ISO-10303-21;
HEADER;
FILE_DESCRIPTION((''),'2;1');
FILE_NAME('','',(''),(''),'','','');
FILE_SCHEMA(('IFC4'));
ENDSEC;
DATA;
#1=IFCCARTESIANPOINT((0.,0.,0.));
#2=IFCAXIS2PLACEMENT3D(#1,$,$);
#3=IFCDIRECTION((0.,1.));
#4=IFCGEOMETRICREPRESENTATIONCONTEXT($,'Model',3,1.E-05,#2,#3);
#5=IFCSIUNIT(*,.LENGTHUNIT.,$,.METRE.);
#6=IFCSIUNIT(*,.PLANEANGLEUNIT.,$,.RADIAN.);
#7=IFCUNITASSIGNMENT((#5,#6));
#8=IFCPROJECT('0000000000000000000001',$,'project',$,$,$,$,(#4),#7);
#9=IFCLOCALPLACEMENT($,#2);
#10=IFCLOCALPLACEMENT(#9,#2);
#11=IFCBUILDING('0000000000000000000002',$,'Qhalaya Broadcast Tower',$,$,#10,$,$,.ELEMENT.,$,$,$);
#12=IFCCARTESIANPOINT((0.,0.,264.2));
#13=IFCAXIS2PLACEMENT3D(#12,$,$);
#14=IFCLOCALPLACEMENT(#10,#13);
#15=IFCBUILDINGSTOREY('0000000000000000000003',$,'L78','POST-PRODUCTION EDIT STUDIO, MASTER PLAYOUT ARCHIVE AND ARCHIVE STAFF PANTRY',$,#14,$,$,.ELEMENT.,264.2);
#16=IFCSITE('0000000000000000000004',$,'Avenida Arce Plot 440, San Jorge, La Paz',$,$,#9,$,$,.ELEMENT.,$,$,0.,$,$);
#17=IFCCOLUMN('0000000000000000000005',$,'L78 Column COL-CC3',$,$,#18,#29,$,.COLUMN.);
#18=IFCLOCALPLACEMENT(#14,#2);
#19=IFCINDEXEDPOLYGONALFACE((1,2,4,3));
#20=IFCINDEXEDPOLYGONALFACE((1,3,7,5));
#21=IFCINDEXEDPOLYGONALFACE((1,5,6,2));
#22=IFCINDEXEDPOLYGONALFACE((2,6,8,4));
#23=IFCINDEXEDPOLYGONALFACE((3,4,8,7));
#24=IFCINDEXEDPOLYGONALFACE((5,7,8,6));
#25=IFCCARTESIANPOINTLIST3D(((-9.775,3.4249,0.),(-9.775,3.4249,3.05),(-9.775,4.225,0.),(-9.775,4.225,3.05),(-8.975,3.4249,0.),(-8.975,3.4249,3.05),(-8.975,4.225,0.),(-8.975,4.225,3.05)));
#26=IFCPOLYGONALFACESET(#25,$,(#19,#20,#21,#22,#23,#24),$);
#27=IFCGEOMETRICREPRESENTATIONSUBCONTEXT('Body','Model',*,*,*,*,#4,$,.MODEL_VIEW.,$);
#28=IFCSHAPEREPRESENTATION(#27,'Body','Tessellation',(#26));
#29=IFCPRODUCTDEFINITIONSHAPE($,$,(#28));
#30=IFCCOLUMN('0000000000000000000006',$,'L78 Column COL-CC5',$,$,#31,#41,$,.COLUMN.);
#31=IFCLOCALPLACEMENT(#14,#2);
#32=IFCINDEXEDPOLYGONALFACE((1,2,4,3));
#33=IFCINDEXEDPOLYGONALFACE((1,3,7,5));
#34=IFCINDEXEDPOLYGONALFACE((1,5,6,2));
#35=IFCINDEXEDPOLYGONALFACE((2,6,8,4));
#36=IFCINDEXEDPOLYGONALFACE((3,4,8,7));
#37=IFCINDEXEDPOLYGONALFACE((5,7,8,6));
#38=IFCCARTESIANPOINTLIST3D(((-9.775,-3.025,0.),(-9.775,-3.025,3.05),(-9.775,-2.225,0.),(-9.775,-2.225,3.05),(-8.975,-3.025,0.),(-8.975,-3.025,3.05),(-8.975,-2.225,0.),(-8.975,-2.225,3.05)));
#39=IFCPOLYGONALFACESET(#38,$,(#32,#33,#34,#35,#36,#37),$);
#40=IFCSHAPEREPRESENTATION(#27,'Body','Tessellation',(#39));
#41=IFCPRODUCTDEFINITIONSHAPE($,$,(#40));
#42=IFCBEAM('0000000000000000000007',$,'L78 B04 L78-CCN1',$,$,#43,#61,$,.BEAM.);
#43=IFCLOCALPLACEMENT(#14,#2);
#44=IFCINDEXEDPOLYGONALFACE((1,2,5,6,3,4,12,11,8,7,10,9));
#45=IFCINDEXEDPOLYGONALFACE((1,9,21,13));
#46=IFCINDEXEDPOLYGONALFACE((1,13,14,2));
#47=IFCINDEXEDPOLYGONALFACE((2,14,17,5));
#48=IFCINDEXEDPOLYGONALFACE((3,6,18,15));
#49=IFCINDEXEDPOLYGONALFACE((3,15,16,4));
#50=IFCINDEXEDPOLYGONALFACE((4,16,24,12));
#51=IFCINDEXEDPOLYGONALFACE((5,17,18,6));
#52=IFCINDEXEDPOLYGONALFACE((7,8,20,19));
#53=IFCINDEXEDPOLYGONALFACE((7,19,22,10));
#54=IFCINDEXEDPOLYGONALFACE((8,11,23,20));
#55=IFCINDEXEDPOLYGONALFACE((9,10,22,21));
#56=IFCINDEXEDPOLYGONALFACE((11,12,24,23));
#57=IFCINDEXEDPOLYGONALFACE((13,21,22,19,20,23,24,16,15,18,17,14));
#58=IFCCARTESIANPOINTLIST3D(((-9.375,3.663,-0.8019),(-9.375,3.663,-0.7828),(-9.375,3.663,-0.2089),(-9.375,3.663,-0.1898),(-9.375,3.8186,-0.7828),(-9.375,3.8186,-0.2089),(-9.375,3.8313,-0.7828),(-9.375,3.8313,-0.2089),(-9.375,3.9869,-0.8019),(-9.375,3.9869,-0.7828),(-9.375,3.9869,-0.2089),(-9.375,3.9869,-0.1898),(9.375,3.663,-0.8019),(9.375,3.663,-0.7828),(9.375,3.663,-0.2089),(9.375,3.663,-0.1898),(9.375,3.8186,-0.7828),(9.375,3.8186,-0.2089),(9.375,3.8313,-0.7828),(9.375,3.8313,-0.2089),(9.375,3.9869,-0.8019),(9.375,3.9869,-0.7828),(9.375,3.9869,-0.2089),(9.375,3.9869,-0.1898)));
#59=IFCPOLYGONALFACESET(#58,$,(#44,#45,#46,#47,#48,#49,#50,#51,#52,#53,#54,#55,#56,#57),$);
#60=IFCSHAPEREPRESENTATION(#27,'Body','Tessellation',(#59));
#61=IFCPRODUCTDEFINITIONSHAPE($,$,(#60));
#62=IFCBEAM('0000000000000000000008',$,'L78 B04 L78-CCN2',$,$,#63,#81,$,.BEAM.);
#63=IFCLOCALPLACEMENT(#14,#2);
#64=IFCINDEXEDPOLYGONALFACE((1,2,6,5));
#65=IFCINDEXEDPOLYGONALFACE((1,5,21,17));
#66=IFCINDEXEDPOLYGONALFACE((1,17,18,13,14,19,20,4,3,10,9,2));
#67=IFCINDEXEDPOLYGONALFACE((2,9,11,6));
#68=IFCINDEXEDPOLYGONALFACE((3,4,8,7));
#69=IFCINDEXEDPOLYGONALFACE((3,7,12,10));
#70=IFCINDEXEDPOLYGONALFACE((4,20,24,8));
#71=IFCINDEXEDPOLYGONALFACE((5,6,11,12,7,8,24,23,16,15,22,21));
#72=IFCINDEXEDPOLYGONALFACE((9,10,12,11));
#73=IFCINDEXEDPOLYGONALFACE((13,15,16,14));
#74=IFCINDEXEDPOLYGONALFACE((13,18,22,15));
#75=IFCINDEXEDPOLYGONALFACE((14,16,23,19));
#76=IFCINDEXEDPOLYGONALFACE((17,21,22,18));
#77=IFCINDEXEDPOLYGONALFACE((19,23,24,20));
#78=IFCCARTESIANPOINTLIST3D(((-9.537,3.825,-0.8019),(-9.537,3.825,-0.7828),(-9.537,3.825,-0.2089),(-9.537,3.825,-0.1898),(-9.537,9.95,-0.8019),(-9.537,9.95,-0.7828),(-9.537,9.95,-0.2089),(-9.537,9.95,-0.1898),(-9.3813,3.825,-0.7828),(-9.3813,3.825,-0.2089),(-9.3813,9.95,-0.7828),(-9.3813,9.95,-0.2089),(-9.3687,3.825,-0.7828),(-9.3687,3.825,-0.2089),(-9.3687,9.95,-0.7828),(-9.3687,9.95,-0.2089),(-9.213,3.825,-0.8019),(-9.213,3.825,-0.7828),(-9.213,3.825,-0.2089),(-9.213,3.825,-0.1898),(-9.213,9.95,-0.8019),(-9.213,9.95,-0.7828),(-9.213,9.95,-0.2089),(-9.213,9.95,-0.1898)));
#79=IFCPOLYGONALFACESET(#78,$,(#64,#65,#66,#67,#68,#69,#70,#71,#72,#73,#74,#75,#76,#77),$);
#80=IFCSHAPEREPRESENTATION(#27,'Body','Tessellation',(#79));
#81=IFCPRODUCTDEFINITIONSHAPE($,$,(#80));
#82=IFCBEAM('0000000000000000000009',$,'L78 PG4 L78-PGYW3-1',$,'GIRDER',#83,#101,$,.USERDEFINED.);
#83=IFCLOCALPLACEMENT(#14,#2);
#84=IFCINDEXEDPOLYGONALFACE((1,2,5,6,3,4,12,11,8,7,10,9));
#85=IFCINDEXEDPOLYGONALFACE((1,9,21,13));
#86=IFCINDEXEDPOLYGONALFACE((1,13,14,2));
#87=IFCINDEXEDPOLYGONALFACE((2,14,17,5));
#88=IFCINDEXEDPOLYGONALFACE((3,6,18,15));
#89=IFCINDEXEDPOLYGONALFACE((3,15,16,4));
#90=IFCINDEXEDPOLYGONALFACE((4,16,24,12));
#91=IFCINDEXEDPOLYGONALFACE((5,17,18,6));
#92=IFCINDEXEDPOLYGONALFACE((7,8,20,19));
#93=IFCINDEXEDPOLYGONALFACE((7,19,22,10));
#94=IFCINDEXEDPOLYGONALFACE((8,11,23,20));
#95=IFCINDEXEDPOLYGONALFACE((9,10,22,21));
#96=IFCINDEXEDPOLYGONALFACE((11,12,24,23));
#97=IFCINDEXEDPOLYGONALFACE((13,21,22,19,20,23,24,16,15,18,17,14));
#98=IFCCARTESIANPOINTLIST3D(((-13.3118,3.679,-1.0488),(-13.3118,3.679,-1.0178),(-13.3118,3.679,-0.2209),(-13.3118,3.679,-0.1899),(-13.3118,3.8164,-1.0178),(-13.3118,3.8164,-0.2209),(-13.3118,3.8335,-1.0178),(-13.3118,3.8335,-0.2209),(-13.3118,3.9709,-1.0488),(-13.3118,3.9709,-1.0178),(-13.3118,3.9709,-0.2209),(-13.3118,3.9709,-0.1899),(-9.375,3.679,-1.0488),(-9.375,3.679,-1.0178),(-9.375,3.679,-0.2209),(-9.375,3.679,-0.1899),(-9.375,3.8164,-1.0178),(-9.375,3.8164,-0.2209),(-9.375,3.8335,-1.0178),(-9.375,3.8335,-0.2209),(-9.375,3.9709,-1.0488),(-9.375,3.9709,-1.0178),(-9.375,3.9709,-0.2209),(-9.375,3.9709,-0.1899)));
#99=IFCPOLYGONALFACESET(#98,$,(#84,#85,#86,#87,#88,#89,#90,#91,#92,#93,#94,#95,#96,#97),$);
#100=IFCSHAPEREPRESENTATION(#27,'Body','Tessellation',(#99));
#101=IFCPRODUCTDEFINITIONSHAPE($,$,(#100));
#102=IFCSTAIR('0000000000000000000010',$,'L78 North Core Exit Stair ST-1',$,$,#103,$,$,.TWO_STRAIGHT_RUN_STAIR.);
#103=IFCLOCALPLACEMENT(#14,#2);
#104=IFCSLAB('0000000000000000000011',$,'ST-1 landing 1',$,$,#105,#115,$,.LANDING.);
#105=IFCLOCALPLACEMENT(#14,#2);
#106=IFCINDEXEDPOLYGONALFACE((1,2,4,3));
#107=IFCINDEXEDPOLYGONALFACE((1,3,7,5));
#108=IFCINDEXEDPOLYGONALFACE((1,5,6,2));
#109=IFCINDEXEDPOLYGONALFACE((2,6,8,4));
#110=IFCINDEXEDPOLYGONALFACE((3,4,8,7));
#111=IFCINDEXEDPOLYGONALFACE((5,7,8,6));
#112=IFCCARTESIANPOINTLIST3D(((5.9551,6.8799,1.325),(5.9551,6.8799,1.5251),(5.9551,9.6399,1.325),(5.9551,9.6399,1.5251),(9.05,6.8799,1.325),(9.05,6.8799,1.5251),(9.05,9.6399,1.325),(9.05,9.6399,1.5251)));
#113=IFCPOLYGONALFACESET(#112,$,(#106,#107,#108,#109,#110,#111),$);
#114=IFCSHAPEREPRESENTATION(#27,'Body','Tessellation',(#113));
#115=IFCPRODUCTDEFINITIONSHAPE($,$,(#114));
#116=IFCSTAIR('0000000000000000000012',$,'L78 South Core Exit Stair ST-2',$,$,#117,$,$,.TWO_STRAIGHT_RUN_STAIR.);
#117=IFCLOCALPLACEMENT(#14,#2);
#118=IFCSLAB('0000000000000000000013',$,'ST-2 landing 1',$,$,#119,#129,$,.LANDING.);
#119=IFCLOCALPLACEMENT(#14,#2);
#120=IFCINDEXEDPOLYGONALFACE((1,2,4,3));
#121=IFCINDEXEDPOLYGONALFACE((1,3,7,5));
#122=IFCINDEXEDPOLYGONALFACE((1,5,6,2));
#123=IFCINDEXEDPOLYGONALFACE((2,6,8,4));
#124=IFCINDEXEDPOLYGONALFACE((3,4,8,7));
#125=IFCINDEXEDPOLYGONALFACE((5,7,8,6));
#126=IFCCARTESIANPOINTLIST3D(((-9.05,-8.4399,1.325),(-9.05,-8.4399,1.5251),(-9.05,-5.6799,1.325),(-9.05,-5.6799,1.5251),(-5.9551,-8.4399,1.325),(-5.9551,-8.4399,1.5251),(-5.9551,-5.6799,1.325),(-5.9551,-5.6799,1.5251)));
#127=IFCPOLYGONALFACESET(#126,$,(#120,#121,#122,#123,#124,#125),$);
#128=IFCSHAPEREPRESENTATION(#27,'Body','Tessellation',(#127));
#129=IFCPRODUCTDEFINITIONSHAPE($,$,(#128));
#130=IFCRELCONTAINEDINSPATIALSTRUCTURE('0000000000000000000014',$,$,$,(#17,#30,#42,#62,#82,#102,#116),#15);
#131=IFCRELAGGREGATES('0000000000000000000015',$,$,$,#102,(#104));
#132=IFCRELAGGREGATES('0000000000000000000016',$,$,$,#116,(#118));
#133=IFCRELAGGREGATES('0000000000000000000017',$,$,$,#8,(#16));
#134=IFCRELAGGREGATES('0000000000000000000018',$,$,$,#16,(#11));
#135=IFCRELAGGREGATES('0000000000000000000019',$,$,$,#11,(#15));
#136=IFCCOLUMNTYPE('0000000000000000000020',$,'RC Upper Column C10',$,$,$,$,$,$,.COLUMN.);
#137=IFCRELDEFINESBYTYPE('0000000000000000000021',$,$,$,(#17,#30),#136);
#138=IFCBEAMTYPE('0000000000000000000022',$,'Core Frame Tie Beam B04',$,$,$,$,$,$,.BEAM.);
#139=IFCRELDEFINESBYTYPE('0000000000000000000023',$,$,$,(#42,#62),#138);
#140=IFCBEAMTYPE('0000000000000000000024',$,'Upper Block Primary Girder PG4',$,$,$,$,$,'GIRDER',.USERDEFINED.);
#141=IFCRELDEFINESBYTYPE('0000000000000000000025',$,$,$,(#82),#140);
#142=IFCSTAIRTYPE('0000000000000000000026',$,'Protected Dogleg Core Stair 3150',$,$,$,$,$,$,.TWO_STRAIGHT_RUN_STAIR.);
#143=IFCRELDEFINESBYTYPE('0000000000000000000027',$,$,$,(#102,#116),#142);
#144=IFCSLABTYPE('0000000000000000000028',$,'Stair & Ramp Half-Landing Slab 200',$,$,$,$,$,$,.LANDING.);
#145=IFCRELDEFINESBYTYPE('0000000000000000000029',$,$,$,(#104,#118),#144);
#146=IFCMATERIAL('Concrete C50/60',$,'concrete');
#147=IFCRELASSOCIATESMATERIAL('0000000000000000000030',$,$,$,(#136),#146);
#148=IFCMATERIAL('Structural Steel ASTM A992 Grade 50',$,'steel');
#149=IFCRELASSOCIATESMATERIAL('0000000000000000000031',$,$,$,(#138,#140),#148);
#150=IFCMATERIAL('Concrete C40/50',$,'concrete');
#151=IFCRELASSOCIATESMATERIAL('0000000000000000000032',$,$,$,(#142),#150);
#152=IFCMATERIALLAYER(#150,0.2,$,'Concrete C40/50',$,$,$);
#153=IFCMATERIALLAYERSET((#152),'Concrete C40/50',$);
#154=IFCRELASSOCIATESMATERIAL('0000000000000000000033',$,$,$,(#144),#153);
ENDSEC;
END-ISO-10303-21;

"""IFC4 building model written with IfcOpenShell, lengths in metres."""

from ifc_helpers import new_model, si_unit, direction, frame, origin, origin_2d, place, context, subcontext, project, spatial, polyline, rectangle, i_section, outline, extrude, material, layer, layer_set, material_profile, profile_set, type_object, element, aggregate, save


model = new_model("IFC4")

# Units and contexts
model_context = context("Model", 3, precision=1e-05, world=origin(), true_north=direction((0.0, 1.0)))
body_context = subcontext(model_context, "Body", "Model", "MODEL_VIEW")
ifc_project = project(units=[si_unit("LENGTHUNIT", "METRE"), si_unit("PLANEANGLEUNIT", "RADIAN")], contexts=[model_context])

# Site, building, storey
site_placement = place(None, origin())
site = spatial("IfcSite", under=ifc_project, at=site_placement, Name="Avenida Arce Plot 440, San Jorge, La Paz", CompositionType="ELEMENT", RefElevation=0.0)
building_placement = place(site_placement, origin())
building = spatial("IfcBuilding", under=site, at=building_placement, Name="Qhalaya Broadcast Tower", CompositionType="ELEMENT")
storey_placement = place(building_placement, frame((0.0, 0.0, 264.2)))
storey = spatial("IfcBuildingStorey", under=building, at=storey_placement, Name="L78", Description="POST-PRODUCTION EDIT STUDIO, MASTER PLAYOUT ARCHIVE AND ARCHIVE STAFF PANTRY", CompositionType="ELEMENT", Elevation=264.2)

# Columns
ifc_material_1 = material(Name="Concrete C50/60", Category="concrete")
ifc_material_profile_1 = material_profile(ifc_material_1, rectangle(XDim=0.8, YDim=0.8, at=origin_2d()), Name="RC-COL 800x800")
ifc_profile_set_1 = profile_set([ifc_material_profile_1], Name="Concrete C50/60")
column_type = type_object("IfcColumnType", Name="RC Upper Column C10", PredefinedType="COLUMN", material=ifc_profile_set_1)
for number, where, z_axis, x_axis, name in (
    (1, (-9.375, 3.825, 0.0), (0.0, 0.0, 1.0), (1.0, 0.0, 0.0), "L78 Column COL-CC3"),
    (2, (-9.375, -2.625, 0.0), (0.0, 0.0, 1.0), (1.0, 0.0, 0.0), "L78 Column COL-CC5"),
):
    element("IfcColumn", number, at=place(storey_placement, frame(where, z_axis=z_axis, x_axis=x_axis)), inside=storey, type_object=column_type, Name=name, PredefinedType="COLUMN", context=body_context, shape_type="SweptSolid", body=[
        extrude(rectangle(XDim=0.8, YDim=0.8, at=origin_2d()), origin(), (0.0, 0.0, 1.0), 3.05),
    ])

# Beams
ifc_material_2 = material(Name="Structural Steel ASTM A992 Grade 50", Category="steel")
ifc_material_profile_2 = material_profile(ifc_material_2, i_section(OverallWidth=0.324, OverallDepth=0.6121, WebThickness=0.0127, FlangeThickness=0.019, at=origin_2d()), Name="W24X104")
ifc_profile_set_2 = profile_set([ifc_material_profile_2], Name="Structural Steel ASTM A992 Grade 50")
beam_type_1 = type_object("IfcBeamType", Name="Core Frame Tie Beam B04", PredefinedType="BEAM", material=ifc_profile_set_2)
beam_1_placement = place(storey_placement, frame((-9.375, 3.825, -0.4958), z_axis=(1.0, 0.0, 0.0), x_axis=(0.0, 1.0, 0.0)))
element("IfcBeam", 3, at=beam_1_placement, inside=storey, type_object=beam_type_1, Name="L78 B04 L78-CCN1", PredefinedType="BEAM", context=body_context, shape_type="SweptSolid", body=[
    extrude(i_section(OverallWidth=0.324, OverallDepth=0.6121, WebThickness=0.0127, FlangeThickness=0.019, at=origin_2d()), origin(), (0.0, 0.0, 1.0), 18.75),
])
beam_2_placement = place(storey_placement, frame((-9.375, 3.825, -0.4958), z_axis=(0.0, 1.0, 0.0), x_axis=(-1.0, 0.0, 0.0)))
element("IfcBeam", 4, at=beam_2_placement, inside=storey, type_object=beam_type_1, Name="L78 B04 L78-CCN2", PredefinedType="BEAM", context=body_context, shape_type="SweptSolid", body=[
    extrude(i_section(OverallWidth=0.324, OverallDepth=0.6121, WebThickness=0.0127, FlangeThickness=0.019, at=origin_2d()), origin(), (0.0, 0.0, 1.0), 6.125),
])
ifc_material_profile_3 = material_profile(ifc_material_2, i_section(OverallWidth=0.292, OverallDepth=0.8589, WebThickness=0.0171, FlangeThickness=0.031, at=origin_2d()), Name="W33X169")
ifc_profile_set_3 = profile_set([ifc_material_profile_3], Name="Structural Steel ASTM A992 Grade 50")
beam_type_2 = type_object("IfcBeamType", Name="Upper Block Primary Girder PG4", ElementType="GIRDER", PredefinedType="USERDEFINED", material=ifc_profile_set_3)
beam_3_placement = place(storey_placement, frame((-13.3118, 3.825, -0.6194), z_axis=(1.0, 0.0, 0.0), x_axis=(0.0, 1.0, 0.0)))
element("IfcBeam", 5, at=beam_3_placement, inside=storey, type_object=beam_type_2, Name="L78 PG4 L78-PGYW3-1", ObjectType="GIRDER", PredefinedType="USERDEFINED", context=body_context, shape_type="SweptSolid", body=[
    extrude(i_section(OverallWidth=0.292, OverallDepth=0.8589, WebThickness=0.0171, FlangeThickness=0.031, at=origin_2d()), origin(), (0.0, 0.0, 1.0), 3.9368),
])

# Stairs, slabs
ifc_material_3 = material(Name="Concrete C40/50", Category="concrete")
stair_type = type_object("IfcStairType", Name="Protected Dogleg Core Stair 3150", PredefinedType="TWO_STRAIGHT_RUN_STAIR", material=ifc_material_3)
stair_1_placement = place(storey_placement, origin())
stair_1 = element("IfcStair", 6, at=stair_1_placement, inside=storey, type_object=stair_type, Name="L78 North Core Exit Stair ST-1", PredefinedType="TWO_STRAIGHT_RUN_STAIR")
ifc_layer_1 = layer(ifc_material_3, 0.2, Name="Concrete C40/50")
ifc_layer_set_1 = layer_set([ifc_layer_1], Name="Concrete C40/50")
slab_type_1 = type_object("IfcSlabType", Name="Stair & Ramp Half-Landing Slab 200", PredefinedType="LANDING", material=ifc_layer_set_1)
slab_1_placement = place(storey_placement, frame((0.0, 0.0, 1.325)))
slab_1 = element("IfcSlab", 7, at=slab_1_placement, type_object=slab_type_1, Name="ST-1 landing 1", PredefinedType="LANDING", context=body_context, shape_type="SweptSolid", body=[
    extrude(outline(polyline([(5.9551, 6.8799), (9.05, 6.8799), (9.05, 9.6399), (5.9551, 9.6399), (5.9551, 6.8799)])), origin(), (0.0, 0.0, 1.0), 0.2002),
])
aggregate(stair_1, [slab_1])
stair_2_placement = place(storey_placement, origin())
stair_2 = element("IfcStair", 8, at=stair_2_placement, inside=storey, type_object=stair_type, Name="L78 South Core Exit Stair ST-2", PredefinedType="TWO_STRAIGHT_RUN_STAIR")
slab_2_placement = place(storey_placement, frame((0.0, 0.0, 1.325)))
slab_2 = element("IfcSlab", 9, at=slab_2_placement, type_object=slab_type_1, Name="ST-2 landing 1", PredefinedType="LANDING", context=body_context, shape_type="SweptSolid", body=[
    extrude(outline(polyline([(-5.9551, -5.6799), (-9.05, -5.6799), (-9.05, -8.4399), (-5.9551, -8.4399), (-5.9551, -5.6799)])), origin(), (0.0, 0.0, 1.0), 0.2002),
])
aggregate(stair_2, [slab_2])

save(model, "model.ifc")
